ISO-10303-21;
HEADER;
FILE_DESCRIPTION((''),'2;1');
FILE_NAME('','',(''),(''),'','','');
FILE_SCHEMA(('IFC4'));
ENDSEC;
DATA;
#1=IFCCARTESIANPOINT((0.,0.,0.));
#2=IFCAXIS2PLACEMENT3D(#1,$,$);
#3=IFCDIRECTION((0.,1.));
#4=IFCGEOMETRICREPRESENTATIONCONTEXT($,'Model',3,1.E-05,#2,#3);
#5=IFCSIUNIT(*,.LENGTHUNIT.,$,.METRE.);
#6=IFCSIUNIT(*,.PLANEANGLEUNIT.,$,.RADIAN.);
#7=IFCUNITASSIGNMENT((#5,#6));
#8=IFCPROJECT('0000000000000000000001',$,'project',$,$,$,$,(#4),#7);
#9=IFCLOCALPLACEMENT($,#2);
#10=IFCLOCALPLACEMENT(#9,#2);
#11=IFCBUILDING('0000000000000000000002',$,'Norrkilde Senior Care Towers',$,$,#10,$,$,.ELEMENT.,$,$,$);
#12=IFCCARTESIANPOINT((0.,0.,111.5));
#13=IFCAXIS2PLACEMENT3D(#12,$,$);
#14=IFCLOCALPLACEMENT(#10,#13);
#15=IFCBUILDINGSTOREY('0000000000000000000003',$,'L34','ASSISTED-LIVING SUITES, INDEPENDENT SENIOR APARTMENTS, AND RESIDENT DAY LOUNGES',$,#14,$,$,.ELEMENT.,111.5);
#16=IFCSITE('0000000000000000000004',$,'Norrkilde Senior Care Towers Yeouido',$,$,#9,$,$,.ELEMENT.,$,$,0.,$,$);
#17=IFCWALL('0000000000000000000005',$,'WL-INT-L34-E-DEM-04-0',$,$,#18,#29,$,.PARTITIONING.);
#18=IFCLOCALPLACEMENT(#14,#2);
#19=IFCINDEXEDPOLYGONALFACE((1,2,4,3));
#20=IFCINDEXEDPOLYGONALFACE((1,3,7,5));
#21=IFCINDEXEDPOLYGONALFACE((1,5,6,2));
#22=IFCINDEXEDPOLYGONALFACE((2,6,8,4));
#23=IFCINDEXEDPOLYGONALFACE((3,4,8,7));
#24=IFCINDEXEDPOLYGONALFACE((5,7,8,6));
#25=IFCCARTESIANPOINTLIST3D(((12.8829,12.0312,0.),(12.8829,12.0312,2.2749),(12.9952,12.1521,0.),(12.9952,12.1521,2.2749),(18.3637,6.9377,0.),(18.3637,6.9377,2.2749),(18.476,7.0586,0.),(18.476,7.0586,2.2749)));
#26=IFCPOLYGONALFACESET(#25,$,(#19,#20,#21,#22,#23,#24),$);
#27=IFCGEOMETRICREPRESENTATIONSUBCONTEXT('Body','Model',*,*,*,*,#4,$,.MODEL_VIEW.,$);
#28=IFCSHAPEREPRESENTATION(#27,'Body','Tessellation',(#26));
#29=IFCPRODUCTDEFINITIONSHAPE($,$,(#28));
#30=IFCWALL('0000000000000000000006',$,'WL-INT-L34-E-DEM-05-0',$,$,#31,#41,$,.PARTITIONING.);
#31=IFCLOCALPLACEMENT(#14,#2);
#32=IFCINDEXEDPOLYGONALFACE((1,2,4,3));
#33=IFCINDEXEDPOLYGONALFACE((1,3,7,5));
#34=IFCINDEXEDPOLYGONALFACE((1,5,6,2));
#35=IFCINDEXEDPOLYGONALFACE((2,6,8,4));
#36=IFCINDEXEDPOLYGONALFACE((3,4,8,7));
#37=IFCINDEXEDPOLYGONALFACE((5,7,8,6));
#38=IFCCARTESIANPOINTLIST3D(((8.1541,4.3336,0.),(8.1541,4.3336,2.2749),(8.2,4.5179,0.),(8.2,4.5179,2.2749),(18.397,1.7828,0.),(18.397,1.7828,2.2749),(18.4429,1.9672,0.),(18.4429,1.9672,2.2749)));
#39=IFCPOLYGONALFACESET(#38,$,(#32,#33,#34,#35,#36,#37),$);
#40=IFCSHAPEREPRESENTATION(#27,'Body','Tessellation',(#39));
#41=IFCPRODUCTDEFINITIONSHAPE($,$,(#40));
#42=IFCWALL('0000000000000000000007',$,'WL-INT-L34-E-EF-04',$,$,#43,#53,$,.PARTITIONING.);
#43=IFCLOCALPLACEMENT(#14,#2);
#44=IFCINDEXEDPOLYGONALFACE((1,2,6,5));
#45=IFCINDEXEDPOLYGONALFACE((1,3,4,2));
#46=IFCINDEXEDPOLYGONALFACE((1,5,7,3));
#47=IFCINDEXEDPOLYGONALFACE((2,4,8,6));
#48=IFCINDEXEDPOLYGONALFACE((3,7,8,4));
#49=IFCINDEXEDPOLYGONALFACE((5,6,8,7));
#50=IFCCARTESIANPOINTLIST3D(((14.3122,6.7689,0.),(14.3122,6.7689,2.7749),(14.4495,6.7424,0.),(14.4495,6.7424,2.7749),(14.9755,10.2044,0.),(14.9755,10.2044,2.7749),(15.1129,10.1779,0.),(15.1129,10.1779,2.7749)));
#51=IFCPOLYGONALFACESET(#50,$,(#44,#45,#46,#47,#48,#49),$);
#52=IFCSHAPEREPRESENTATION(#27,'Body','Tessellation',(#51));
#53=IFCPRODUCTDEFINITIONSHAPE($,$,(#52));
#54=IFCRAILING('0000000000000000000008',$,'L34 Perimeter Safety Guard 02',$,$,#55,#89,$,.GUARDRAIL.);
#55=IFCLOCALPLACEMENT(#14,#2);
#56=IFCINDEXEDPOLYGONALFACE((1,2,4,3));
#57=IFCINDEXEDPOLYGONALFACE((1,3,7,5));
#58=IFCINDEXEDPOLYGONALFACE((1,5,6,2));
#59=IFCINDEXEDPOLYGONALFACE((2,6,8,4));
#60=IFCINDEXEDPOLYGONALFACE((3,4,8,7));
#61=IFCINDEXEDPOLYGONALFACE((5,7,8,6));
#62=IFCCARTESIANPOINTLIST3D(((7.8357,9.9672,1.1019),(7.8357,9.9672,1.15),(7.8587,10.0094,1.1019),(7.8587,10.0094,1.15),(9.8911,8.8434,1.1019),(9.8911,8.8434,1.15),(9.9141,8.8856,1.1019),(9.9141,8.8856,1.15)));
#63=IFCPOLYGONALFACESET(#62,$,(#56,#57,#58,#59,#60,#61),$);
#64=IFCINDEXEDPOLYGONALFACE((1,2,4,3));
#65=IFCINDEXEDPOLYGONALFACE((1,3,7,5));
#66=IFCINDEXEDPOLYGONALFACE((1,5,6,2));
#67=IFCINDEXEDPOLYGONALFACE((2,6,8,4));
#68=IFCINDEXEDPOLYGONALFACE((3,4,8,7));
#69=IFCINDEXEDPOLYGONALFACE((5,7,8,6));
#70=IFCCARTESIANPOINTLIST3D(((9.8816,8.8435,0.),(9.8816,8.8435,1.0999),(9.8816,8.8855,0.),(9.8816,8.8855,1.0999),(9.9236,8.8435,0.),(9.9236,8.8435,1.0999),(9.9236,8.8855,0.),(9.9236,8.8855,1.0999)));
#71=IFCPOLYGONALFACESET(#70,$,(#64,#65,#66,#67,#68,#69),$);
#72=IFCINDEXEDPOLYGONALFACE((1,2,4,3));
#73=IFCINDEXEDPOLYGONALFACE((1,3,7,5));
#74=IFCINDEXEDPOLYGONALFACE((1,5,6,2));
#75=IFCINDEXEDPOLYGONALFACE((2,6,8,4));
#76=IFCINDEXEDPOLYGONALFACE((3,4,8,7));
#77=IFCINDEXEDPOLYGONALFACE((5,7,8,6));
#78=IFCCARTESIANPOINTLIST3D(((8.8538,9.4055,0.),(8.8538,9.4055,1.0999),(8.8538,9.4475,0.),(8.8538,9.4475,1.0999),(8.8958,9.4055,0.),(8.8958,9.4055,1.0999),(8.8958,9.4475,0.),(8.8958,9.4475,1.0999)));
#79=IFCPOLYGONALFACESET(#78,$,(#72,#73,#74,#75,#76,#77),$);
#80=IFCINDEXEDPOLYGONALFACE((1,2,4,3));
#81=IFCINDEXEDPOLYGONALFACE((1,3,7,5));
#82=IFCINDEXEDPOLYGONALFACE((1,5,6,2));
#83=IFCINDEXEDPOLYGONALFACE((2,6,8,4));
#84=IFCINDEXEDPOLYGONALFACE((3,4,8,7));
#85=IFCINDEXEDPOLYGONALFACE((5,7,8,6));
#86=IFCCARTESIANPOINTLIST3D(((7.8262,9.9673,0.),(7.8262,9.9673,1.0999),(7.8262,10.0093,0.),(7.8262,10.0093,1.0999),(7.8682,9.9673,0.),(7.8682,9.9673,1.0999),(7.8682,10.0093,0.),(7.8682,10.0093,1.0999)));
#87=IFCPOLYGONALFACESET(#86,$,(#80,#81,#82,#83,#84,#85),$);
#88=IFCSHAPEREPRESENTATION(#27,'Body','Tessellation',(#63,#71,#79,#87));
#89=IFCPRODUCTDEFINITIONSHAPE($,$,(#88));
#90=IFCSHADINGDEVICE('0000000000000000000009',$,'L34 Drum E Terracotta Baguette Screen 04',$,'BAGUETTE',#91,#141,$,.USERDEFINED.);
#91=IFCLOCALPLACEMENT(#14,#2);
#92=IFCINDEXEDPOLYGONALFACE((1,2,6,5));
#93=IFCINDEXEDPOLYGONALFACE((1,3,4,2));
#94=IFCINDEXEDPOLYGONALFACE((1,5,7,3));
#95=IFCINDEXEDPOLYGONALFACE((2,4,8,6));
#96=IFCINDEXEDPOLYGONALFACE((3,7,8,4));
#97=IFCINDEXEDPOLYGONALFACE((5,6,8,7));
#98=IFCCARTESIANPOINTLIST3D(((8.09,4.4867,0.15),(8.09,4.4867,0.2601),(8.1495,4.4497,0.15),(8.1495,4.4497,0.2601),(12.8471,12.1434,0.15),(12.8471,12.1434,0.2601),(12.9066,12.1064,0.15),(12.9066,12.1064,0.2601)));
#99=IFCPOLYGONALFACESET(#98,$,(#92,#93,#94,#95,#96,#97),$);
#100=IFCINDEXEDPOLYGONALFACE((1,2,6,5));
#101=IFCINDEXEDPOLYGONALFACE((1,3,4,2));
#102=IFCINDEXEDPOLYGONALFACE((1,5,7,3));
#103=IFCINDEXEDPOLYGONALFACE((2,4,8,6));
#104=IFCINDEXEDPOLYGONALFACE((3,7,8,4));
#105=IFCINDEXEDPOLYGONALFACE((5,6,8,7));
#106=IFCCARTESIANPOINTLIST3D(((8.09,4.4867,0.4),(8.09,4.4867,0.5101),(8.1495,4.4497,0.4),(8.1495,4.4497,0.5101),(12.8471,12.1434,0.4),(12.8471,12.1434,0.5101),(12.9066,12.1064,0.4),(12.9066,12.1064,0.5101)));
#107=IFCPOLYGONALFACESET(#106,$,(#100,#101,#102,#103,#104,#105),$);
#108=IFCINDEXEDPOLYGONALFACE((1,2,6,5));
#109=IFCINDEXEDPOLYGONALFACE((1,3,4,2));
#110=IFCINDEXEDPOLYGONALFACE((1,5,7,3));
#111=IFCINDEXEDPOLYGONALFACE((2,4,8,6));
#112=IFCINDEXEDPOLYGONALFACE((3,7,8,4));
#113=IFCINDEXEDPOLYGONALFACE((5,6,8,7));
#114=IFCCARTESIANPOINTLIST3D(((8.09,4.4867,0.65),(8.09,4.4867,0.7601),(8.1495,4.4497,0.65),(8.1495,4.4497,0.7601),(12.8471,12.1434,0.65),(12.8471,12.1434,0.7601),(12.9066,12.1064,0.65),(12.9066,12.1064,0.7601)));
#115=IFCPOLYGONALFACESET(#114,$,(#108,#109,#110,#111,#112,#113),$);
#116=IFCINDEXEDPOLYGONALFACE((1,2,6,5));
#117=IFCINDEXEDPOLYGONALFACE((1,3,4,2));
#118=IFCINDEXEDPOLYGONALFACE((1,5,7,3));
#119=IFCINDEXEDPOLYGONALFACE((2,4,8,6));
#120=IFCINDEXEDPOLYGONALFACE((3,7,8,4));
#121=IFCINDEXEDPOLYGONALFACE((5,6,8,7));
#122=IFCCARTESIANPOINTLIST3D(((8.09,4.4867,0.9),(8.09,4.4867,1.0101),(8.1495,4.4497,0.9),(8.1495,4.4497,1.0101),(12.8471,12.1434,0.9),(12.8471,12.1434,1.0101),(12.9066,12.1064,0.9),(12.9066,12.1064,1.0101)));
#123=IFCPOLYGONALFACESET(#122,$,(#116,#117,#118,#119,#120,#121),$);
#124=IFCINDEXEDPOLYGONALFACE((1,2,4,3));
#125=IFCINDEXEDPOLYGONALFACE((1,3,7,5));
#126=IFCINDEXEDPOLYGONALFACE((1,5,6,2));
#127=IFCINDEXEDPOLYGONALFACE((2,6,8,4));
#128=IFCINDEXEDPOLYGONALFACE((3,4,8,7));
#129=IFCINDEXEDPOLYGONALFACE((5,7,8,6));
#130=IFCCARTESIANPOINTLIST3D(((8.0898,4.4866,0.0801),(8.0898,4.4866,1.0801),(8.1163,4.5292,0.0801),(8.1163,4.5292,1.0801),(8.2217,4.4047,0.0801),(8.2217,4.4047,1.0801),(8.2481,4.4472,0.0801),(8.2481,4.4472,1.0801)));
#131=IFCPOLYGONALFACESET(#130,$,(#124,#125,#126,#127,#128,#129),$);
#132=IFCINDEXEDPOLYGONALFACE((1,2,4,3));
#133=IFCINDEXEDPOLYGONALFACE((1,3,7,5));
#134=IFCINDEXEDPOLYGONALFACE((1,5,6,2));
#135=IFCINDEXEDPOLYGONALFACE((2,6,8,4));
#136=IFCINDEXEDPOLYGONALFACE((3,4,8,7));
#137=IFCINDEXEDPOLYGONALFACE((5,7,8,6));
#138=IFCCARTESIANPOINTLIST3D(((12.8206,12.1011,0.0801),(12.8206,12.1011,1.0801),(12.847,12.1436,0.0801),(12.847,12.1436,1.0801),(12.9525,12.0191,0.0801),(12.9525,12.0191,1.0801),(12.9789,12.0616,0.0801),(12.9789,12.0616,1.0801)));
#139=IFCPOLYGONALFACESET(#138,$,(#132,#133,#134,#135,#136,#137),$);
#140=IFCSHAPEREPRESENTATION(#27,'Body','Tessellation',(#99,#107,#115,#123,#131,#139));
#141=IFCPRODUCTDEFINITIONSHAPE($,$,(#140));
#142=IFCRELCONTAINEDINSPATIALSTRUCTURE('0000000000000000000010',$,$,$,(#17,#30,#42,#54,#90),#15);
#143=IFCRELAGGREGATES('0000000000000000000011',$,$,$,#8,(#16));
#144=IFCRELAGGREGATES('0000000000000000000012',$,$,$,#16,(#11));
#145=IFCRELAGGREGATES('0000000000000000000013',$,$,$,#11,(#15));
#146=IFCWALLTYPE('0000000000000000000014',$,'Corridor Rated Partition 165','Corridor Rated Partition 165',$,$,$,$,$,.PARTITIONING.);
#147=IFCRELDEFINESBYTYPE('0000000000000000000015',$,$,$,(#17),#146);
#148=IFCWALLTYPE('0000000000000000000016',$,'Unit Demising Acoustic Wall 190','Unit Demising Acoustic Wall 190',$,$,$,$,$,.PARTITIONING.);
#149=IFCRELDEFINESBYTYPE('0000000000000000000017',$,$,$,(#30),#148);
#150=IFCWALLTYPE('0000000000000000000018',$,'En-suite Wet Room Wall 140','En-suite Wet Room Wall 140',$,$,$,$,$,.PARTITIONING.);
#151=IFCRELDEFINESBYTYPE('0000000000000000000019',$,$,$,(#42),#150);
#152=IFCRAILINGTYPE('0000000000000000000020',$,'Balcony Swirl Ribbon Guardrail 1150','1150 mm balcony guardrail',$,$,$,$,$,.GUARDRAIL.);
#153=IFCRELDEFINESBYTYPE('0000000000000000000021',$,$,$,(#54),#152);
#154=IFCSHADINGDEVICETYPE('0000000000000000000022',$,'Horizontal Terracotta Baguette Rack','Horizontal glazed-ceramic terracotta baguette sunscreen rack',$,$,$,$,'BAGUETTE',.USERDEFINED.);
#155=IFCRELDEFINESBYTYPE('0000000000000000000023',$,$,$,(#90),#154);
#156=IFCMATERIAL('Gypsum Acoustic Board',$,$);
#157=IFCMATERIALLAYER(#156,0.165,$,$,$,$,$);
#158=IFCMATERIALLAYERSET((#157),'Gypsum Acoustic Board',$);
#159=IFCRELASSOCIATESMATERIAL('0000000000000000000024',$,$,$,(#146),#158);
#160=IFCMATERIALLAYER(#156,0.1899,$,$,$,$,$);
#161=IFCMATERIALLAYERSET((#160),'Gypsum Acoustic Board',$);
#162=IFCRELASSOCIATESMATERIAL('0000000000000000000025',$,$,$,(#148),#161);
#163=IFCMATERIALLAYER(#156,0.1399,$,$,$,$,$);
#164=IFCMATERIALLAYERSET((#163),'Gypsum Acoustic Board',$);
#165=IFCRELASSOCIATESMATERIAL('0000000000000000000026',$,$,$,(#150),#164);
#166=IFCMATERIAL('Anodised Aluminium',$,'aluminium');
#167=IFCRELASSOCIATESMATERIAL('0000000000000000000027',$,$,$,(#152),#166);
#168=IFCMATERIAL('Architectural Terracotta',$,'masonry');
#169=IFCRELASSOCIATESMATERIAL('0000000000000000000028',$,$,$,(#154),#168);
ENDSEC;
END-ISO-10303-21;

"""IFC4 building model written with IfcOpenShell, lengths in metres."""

from ifc_helpers import new_model, si_unit, direction, frame, frame_2d, origin, origin_2d, place, context, subcontext, project, spatial, rectangle, extrude, source, transform, mapped, material, layer, layer_set, type_object, type_shapes, element, save


model = new_model("IFC4")

# Units and contexts
model_context = context("Model", 3, precision=1e-05, world=origin(), true_north=direction((0.0, 1.0)))
body_context = subcontext(model_context, "Body", "Model", "MODEL_VIEW")
ifc_project = project(units=[si_unit("LENGTHUNIT", "METRE"), si_unit("PLANEANGLEUNIT", "RADIAN")], contexts=[model_context])

# Site, building, storey
site_placement = place(None, origin())
site = spatial("IfcSite", under=ifc_project, at=site_placement, Name="Norrkilde Senior Care Towers Yeouido", CompositionType="ELEMENT", RefElevation=0.0)
building_placement = place(site_placement, origin())
building = spatial("IfcBuilding", under=site, at=building_placement, Name="Norrkilde Senior Care Towers", CompositionType="ELEMENT")
storey_placement = place(building_placement, frame((0.0, 0.0, 111.5)))
storey = spatial("IfcBuildingStorey", under=building, at=storey_placement, Name="L34", Description="ASSISTED-LIVING SUITES, INDEPENDENT SENIOR APARTMENTS, AND RESIDENT DAY LOUNGES", CompositionType="ELEMENT", Elevation=111.5)

# Shared definitions
ifc_material_1 = material(Name="Anodised Aluminium", Category="aluminium")

# Walls
ifc_material_2 = material(Name="Gypsum Acoustic Board")
ifc_layer_1 = layer(ifc_material_2, 0.165)
ifc_layer_set_1 = layer_set([ifc_layer_1], Name="Gypsum Acoustic Board")
wall_type_1 = type_object("IfcWallType", Name="Corridor Rated Partition 165", Description="Corridor Rated Partition 165", PredefinedType="PARTITIONING", material=ifc_layer_set_1)
shared_shape_1 = source(origin(), body_context, "Body", "SweptSolid", [
    extrude(rectangle(XDim=7.4822, YDim=0.165, at=frame_2d((3.7412, 0.0))), origin(), (0.0, 0.0, 1.0), 2.2749),
])
type_shapes(wall_type_1, [shared_shape_1])
wall_1_placement = place(storey_placement, frame((18.4199, 6.998, 0.0), z_axis=(0.0, 0.0, 1.0), x_axis=(-0.732509, 0.680758, 0.0)))
element("IfcWall", 1, at=wall_1_placement, inside=storey, type_object=wall_type_1, Name="WL-INT-L34-E-DEM-04-0", PredefinedType="PARTITIONING", context=body_context, shape_type="MappedRepresentation", body=[
    mapped(shared_shape_1, transform((0.0, 0.0, 0.0), x_axis=(1.0, 0.0, 0.0), y_axis=(0.0, 1.0, 0.0), z_axis=(0.0, 0.0, 1.0), scale=1.0)),
])
ifc_layer_2 = layer(ifc_material_2, 0.1899)
ifc_layer_set_2 = layer_set([ifc_layer_2], Name="Gypsum Acoustic Board")
wall_type_2 = type_object("IfcWallType", Name="Unit Demising Acoustic Wall 190", Description="Unit Demising Acoustic Wall 190", PredefinedType="PARTITIONING", material=ifc_layer_set_2)
shared_shape_2 = source(origin(), body_context, "Body", "SweptSolid", [
    extrude(rectangle(XDim=10.5557, YDim=0.1899, at=frame_2d((5.2778, 0.0))), origin(), (0.0, 0.0, 1.0), 2.2749),
])
type_shapes(wall_type_2, [shared_shape_2])
wall_2_placement = place(storey_placement, frame((18.4199, 1.875, 0.0), z_axis=(0.0, 0.0, 1.0), x_axis=(-0.970364, 0.241648, 0.0)))
element("IfcWall", 2, at=wall_2_placement, inside=storey, type_object=wall_type_2, Name="WL-INT-L34-E-DEM-05-0", PredefinedType="PARTITIONING", context=body_context, shape_type="MappedRepresentation", body=[
    mapped(shared_shape_2, transform((0.0, 0.0, 0.0), x_axis=(1.0, 0.0, 0.0), y_axis=(0.0, 1.0, 0.0), z_axis=(0.0, 0.0, 1.0), scale=1.0)),
])
ifc_layer_3 = layer(ifc_material_2, 0.1399)
ifc_layer_set_3 = layer_set([ifc_layer_3], Name="Gypsum Acoustic Board")
wall_type_3 = type_object("IfcWallType", Name="En-suite Wet Room Wall 140", Description="En-suite Wet Room Wall 140", PredefinedType="PARTITIONING", material=ifc_layer_set_3)
shared_shape_3 = source(origin(), body_context, "Body", "SweptSolid", [
    extrude(rectangle(XDim=3.499, YDim=0.1399, at=frame_2d((1.7495, 0.0))), origin(), (0.0, 0.0, 1.0), 2.7749),
])
type_shapes(wall_type_3, [shared_shape_3])
wall_3_placement = place(storey_placement, frame((14.3809, 6.7556, 0.0), z_axis=(0.0, 0.0, 1.0), x_axis=(0.189577, 0.981866, 0.0)))
element("IfcWall", 3, at=wall_3_placement, inside=storey, type_object=wall_type_3, Name="WL-INT-L34-E-EF-04", PredefinedType="PARTITIONING", context=body_context, shape_type="MappedRepresentation", body=[
    mapped(shared_shape_3, transform((0.0, 0.0, 0.0), x_axis=(1.0, 0.0, 0.0), y_axis=(0.0, 1.0, 0.0), z_axis=(0.0, 0.0, 1.0), scale=1.0)),
])

# Railing
railing_type = type_object("IfcRailingType", Name="Balcony Swirl Ribbon Guardrail 1150", Description="1150 mm balcony guardrail", PredefinedType="GUARDRAIL", material=ifc_material_1)
railing_1_placement = place(storey_placement, frame((9.9026, 8.8645, 0.0)))
element("IfcRailing", 4, at=railing_1_placement, inside=storey, type_object=railing_type, Name="L34 Perimeter Safety Guard 02", PredefinedType="GUARDRAIL", context=body_context, shape_type="SweptSolid", body=[
    extrude(rectangle(XDim=0.0481, YDim=0.0481, at=origin_2d()), frame((0.0, 0.0, 1.126), z_axis=(-0.877421, 0.479721, 0.0), x_axis=(-0.479721, -0.877421, 0.0)), (0.0, 0.0, 1.0), 2.3425),
    extrude(rectangle(XDim=0.042, YDim=0.042, at=origin_2d()), origin(), (0.0, 0.0, 1.0), 1.0999),
    extrude(rectangle(XDim=0.042, YDim=0.042, at=origin_2d()), frame((-1.0278, 0.562, 0.0)), (0.0, 0.0, 1.0), 1.0999),
    extrude(rectangle(XDim=0.042, YDim=0.042, at=origin_2d()), frame((-2.0554, 1.1238, 0.0)), (0.0, 0.0, 1.0), 1.0999),
])

# Shading device
ifc_material_3 = material(Name="Architectural Terracotta", Category="masonry")
shading_device_type = type_object("IfcShadingDeviceType", Name="Horizontal Terracotta Baguette Rack", Description="Horizontal glazed-ceramic terracotta baguette sunscreen rack", ElementType="BAGUETTE", PredefinedType="USERDEFINED", material=ifc_material_3)
shared_shape_4 = source(origin(), body_context, "Body", "SweptSolid", [
    extrude(rectangle(XDim=0.0701, YDim=0.1101, at=origin_2d()), frame((0.0, 0.0901, 0.125), z_axis=(1.0, 0.0, 0.0), x_axis=(0.0, 1.0, 0.0)), (0.0, 0.0, 1.0), 9.0142),
    extrude(rectangle(XDim=0.0701, YDim=0.1101, at=origin_2d()), frame((0.0, 0.0901, 0.375), z_axis=(1.0, 0.0, 0.0), x_axis=(0.0, 1.0, 0.0)), (0.0, 0.0, 1.0), 9.0142),
    extrude(rectangle(XDim=0.0701, YDim=0.1101, at=origin_2d()), frame((0.0, 0.0901, 0.625), z_axis=(1.0, 0.0, 0.0), x_axis=(0.0, 1.0, 0.0)), (0.0, 0.0, 1.0), 9.0142),
    extrude(rectangle(XDim=0.0701, YDim=0.1101, at=origin_2d()), frame((0.0, 0.0901, 0.875), z_axis=(1.0, 0.0, 0.0), x_axis=(0.0, 1.0, 0.0)), (0.0, 0.0, 1.0), 9.0142),
    extrude(rectangle(XDim=0.05, YDim=0.1553, at=origin_2d()), frame((0.0249, 0.0476, 0.0)), (0.0, 0.0, 1.0), 1.0),
    extrude(rectangle(XDim=0.05, YDim=0.1553, at=origin_2d()), frame((8.9893, 0.0476, 0.0)), (0.0, 0.0, 1.0), 1.0),
])
type_shapes(shading_device_type, [shared_shape_4])
shading_device_placement = place(storey_placement, frame((8.1963, 4.4207, 0.0801), z_axis=(0.0, 0.0, 1.0), x_axis=(0.527734, 0.849412, 0.0)))
element("IfcShadingDevice", 5, at=shading_device_placement, inside=storey, type_object=shading_device_type, Name="L34 Drum E Terracotta Baguette Screen 04", ObjectType="BAGUETTE", PredefinedType="USERDEFINED", context=body_context, shape_type="MappedRepresentation", body=[
    mapped(shared_shape_4, transform((0.0, 0.0, 0.0), x_axis=(1.0, 0.0, 0.0), y_axis=(0.0, 1.0, 0.0), z_axis=(0.0, 0.0, 1.0), scale=1.0)),
])

save(model, "model.ifc")
